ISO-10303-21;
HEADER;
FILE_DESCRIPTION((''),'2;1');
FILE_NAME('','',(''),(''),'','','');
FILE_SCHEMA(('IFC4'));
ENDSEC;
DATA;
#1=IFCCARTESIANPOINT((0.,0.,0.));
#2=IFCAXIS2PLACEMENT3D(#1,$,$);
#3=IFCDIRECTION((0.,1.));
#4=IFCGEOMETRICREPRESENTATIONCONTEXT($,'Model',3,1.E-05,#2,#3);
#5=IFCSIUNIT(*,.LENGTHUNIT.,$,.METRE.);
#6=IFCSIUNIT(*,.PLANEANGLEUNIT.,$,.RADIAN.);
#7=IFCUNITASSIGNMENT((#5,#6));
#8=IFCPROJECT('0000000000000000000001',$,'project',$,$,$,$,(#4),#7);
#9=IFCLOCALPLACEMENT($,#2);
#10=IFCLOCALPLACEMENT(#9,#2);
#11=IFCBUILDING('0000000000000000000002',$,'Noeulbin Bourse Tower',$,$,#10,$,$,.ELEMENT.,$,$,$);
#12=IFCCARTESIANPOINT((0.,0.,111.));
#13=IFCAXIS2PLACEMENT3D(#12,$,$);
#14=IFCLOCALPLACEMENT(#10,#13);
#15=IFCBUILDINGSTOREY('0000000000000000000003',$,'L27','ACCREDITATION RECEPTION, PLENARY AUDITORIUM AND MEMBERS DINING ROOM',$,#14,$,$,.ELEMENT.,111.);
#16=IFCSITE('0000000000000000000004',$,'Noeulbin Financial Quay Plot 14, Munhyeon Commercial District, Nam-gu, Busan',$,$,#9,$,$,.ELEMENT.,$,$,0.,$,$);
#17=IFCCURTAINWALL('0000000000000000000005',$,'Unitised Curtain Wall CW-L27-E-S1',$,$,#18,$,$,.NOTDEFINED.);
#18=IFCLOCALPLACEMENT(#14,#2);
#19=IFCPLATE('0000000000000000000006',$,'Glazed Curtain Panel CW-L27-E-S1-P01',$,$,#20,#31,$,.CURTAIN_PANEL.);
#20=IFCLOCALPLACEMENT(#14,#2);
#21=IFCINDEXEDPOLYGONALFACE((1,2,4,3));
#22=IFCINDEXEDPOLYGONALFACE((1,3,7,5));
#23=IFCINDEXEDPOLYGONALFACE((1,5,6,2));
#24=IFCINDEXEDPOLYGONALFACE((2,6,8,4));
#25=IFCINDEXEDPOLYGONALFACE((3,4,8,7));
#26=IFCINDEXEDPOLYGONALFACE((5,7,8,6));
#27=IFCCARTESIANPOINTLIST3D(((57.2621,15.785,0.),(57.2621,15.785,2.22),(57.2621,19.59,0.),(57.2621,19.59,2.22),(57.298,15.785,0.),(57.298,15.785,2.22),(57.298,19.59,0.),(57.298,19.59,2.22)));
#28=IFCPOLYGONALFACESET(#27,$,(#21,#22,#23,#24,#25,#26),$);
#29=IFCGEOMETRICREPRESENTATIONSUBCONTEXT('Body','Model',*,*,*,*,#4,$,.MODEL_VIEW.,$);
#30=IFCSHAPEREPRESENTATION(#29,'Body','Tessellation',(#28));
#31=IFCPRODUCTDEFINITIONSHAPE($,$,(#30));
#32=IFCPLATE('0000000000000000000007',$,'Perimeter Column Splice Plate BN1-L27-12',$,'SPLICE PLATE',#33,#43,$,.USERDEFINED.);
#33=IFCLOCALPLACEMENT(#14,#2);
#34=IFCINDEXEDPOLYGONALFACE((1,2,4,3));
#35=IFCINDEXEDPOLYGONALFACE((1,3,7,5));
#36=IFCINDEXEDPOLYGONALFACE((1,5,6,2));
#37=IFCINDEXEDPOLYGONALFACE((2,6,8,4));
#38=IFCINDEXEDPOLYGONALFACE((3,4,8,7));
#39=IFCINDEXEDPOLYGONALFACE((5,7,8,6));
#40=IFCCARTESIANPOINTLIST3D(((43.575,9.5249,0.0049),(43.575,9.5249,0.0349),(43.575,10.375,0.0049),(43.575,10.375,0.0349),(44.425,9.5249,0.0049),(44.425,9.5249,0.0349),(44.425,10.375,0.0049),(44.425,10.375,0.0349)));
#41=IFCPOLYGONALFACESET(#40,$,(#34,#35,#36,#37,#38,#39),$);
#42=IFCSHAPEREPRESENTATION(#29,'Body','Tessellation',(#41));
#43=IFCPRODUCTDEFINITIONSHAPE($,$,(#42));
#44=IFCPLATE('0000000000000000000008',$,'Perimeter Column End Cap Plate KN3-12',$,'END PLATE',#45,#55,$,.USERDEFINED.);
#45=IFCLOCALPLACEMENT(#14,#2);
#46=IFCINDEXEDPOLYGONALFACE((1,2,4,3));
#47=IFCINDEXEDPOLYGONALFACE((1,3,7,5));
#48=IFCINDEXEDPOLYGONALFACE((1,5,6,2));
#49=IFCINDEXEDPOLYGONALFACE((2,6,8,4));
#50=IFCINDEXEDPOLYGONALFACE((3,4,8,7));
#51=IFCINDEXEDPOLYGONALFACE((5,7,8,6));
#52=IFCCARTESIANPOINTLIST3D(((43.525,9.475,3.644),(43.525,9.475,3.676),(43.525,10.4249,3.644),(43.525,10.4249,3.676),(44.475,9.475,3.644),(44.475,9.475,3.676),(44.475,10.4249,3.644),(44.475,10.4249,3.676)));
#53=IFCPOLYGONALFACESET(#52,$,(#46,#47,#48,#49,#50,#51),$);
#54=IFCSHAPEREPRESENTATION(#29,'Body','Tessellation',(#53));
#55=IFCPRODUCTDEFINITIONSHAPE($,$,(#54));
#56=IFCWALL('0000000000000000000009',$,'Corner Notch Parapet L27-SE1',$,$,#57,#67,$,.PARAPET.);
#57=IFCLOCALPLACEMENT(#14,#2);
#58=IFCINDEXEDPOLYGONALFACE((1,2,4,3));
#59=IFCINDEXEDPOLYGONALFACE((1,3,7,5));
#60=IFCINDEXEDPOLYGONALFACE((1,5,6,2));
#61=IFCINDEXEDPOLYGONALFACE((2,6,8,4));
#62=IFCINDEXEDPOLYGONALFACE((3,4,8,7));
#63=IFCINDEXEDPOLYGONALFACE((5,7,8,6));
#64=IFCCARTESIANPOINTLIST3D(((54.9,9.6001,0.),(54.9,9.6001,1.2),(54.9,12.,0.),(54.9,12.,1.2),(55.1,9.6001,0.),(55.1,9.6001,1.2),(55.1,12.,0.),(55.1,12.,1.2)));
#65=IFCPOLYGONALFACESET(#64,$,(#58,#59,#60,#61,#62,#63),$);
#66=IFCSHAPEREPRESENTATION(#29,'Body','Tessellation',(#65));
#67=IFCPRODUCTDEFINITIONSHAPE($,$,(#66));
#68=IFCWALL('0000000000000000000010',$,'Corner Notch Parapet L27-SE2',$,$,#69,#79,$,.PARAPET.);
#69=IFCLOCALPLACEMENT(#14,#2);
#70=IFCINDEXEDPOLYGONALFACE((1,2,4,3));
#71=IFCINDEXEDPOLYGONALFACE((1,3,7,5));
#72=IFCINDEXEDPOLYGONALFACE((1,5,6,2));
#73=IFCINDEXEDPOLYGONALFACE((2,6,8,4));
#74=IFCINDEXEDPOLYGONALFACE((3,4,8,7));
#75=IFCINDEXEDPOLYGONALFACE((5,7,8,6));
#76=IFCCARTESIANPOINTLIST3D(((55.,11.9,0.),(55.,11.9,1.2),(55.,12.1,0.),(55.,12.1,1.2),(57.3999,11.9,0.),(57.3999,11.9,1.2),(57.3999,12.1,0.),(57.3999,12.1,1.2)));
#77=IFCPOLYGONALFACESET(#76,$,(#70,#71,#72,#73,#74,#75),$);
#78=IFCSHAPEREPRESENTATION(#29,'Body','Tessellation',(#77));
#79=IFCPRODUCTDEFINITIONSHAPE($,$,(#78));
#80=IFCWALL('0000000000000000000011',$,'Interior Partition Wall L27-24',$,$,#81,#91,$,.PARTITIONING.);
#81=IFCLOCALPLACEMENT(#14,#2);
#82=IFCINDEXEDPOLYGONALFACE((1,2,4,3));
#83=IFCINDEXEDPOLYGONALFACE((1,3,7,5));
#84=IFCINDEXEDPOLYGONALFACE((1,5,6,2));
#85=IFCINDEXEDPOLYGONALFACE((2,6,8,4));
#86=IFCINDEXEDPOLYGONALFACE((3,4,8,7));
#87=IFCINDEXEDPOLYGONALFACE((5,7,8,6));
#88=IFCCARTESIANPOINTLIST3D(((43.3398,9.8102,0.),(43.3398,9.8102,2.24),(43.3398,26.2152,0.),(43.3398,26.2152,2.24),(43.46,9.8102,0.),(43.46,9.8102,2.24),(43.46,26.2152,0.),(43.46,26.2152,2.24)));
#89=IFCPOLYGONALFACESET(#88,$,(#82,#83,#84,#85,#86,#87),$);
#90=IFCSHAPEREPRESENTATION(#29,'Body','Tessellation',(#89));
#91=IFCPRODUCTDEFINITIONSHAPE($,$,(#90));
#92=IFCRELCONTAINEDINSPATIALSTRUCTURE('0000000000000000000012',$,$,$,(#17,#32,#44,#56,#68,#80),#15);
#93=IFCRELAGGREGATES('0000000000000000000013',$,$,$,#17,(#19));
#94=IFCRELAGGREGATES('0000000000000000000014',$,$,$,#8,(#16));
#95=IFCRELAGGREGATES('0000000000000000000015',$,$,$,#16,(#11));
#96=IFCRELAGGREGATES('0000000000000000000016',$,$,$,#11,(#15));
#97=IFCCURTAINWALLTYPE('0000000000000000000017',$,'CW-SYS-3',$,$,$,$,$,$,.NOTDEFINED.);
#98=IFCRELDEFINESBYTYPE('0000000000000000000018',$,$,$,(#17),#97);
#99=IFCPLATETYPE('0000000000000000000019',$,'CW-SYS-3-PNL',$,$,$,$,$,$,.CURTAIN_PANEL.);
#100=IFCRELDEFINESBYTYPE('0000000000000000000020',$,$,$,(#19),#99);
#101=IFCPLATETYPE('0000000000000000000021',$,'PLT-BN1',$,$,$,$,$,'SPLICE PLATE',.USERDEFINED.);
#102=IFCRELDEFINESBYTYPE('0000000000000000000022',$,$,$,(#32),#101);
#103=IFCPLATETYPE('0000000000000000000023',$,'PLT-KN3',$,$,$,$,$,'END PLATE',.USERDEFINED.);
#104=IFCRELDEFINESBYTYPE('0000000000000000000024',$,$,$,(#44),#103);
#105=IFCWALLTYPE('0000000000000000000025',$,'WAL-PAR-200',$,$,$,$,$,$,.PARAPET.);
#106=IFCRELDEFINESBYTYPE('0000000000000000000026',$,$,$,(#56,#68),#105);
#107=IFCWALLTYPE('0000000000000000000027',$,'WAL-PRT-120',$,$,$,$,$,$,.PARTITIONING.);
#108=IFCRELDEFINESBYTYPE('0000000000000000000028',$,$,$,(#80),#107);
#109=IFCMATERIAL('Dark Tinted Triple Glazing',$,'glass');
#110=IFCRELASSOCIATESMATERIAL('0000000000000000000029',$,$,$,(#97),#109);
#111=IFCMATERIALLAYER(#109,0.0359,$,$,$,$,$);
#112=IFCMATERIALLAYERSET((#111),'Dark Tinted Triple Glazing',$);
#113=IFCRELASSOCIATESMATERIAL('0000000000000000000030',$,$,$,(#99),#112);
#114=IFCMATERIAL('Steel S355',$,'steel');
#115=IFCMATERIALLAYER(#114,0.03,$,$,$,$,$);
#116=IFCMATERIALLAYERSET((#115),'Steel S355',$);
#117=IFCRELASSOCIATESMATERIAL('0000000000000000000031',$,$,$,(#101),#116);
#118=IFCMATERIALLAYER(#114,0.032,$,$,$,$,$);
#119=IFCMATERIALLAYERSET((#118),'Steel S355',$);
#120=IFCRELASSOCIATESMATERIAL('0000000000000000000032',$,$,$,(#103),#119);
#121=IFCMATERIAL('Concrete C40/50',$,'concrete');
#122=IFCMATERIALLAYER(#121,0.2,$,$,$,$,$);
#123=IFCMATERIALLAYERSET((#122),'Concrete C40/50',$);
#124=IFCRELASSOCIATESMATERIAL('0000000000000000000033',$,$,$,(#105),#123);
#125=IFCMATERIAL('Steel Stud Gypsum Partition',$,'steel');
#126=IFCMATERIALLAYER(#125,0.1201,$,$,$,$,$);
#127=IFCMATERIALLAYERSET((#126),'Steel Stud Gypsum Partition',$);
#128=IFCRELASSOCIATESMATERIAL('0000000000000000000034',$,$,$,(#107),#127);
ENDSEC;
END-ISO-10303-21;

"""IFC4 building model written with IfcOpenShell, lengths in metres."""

from ifc_helpers import new_model, si_unit, direction, frame, frame_2d, origin, origin_2d, place, context, subcontext, project, spatial, rectangle, extrude, material, layer, layer_set, type_object, element, aggregate, save


model = new_model("IFC4")

# Units and contexts
model_context = context("Model", 3, precision=1e-05, world=origin(), true_north=direction((0.0, 1.0)))
body_context = subcontext(model_context, "Body", "Model", "MODEL_VIEW")
ifc_project = project(units=[si_unit("LENGTHUNIT", "METRE"), si_unit("PLANEANGLEUNIT", "RADIAN")], contexts=[model_context])

# Site, building, storey
site_placement = place(None, origin())
site = spatial("IfcSite", under=ifc_project, at=site_placement, Name="Noeulbin Financial Quay Plot 14, Munhyeon Commercial District, Nam-gu, Busan", CompositionType="ELEMENT", RefElevation=0.0)
building_placement = place(site_placement, origin())
building = spatial("IfcBuilding", under=site, at=building_placement, Name="Noeulbin Bourse Tower", CompositionType="ELEMENT")
storey_placement = place(building_placement, frame((0.0, 0.0, 111.0)))
storey = spatial("IfcBuildingStorey", under=building, at=storey_placement, Name="L27", Description="ACCREDITATION RECEPTION, PLENARY AUDITORIUM AND MEMBERS DINING ROOM", CompositionType="ELEMENT", Elevation=111.0)

# Shared definitions
ifc_material_1 = material(Name="Steel S355", Category="steel")

# Shared definitions
ifc_material_2 = material(Name="Dark Tinted Triple Glazing", Category="glass")
curtain_wall_type = type_object("IfcCurtainWallType", Name="CW-SYS-3", PredefinedType="NOTDEFINED", material=ifc_material_2)

# Curtain wall
curtain_wall_1_placement = place(storey_placement, origin())
curtain_wall_1 = element("IfcCurtainWall", 1, at=curtain_wall_1_placement, inside=storey, type_object=curtain_wall_type, Name="Unitised Curtain Wall CW-L27-E-S1", PredefinedType="NOTDEFINED")

# Plate
ifc_layer_1 = layer(ifc_material_2, 0.0359)
ifc_layer_set_1 = layer_set([ifc_layer_1], Name="Dark Tinted Triple Glazing")
plate_type_1 = type_object("IfcPlateType", Name="CW-SYS-3-PNL", PredefinedType="CURTAIN_PANEL", material=ifc_layer_set_1)
plate_1_placement = place(storey_placement, frame((57.28, 17.6875, 0.0), z_axis=(0.0, 0.0, 1.0), x_axis=(0.0, 1.0, 0.0)))
plate_1 = element("IfcPlate", 2, at=plate_1_placement, type_object=plate_type_1, Name="Glazed Curtain Panel CW-L27-E-S1-P01", PredefinedType="CURTAIN_PANEL", context=body_context, shape_type="SweptSolid", body=[
    extrude(rectangle(XDim=3.8049, YDim=0.0359, at=origin_2d()), origin(), (0.0, 0.0, 1.0), 2.22),
])
aggregate(curtain_wall_1, [plate_1])

# Plates
ifc_layer_2 = layer(ifc_material_1, 0.03)
ifc_layer_set_2 = layer_set([ifc_layer_2], Name="Steel S355")
plate_type_2 = type_object("IfcPlateType", Name="PLT-BN1", ElementType="SPLICE PLATE", PredefinedType="USERDEFINED", material=ifc_layer_set_2)
plate_2_placement = place(storey_placement, frame((44.0, 9.95, 0.0049), z_axis=(0.0, 0.0, 1.0), x_axis=(1.0, 0.0, 0.0)))
element("IfcPlate", 3, at=plate_2_placement, inside=storey, type_object=plate_type_2, Name="Perimeter Column Splice Plate BN1-L27-12", ObjectType="SPLICE PLATE", PredefinedType="USERDEFINED", context=body_context, shape_type="SweptSolid", body=[
    extrude(rectangle(XDim=0.8501, YDim=0.8501, at=origin_2d()), origin(), (0.0, 0.0, 1.0), 0.03),
])
ifc_layer_3 = layer(ifc_material_1, 0.032)
ifc_layer_set_3 = layer_set([ifc_layer_3], Name="Steel S355")
plate_type_3 = type_object("IfcPlateType", Name="PLT-KN3", ElementType="END PLATE", PredefinedType="USERDEFINED", material=ifc_layer_set_3)
plate_3_placement = place(storey_placement, frame((44.0, 9.95, 3.644), z_axis=(0.0, 0.0, 1.0), x_axis=(1.0, 0.0, 0.0)))
element("IfcPlate", 4, at=plate_3_placement, inside=storey, type_object=plate_type_3, Name="Perimeter Column End Cap Plate KN3-12", ObjectType="END PLATE", PredefinedType="USERDEFINED", context=body_context, shape_type="SweptSolid", body=[
    extrude(rectangle(XDim=0.95, YDim=0.95, at=origin_2d()), origin(), (0.0, 0.0, 1.0), 0.032),
])

# Walls
ifc_material_3 = material(Name="Concrete C40/50", Category="concrete")
ifc_layer_4 = layer(ifc_material_3, 0.2)
ifc_layer_set_4 = layer_set([ifc_layer_4], Name="Concrete C40/50")
wall_type_1 = type_object("IfcWallType", Name="WAL-PAR-200", PredefinedType="PARAPET", material=ifc_layer_set_4)
for number, where, z_axis, x_axis, name in (
    (5, (55.0, 9.6001, 0.0), (0.0, 0.0, 1.0), (0.0, 1.0, 0.0), "Corner Notch Parapet L27-SE1"),
    (6, (55.0, 12.0, 0.0), (0.0, 0.0, 1.0), (1.0, 0.0, 0.0), "Corner Notch Parapet L27-SE2"),
):
    element("IfcWall", number, at=place(storey_placement, frame(where, z_axis=z_axis, x_axis=x_axis)), inside=storey, type_object=wall_type_1, Name=name, PredefinedType="PARAPET", context=body_context, shape_type="SweptSolid", body=[
        extrude(rectangle(XDim=2.3999, YDim=0.2, at=frame_2d((1.2, 0.0))), origin(), (0.0, 0.0, 1.0), 1.2),
    ])
ifc_material_4 = material(Name="Steel Stud Gypsum Partition", Category="steel")
ifc_layer_5 = layer(ifc_material_4, 0.1201)
ifc_layer_set_5 = layer_set([ifc_layer_5], Name="Steel Stud Gypsum Partition")
wall_type_2 = type_object("IfcWallType", Name="WAL-PRT-120", PredefinedType="PARTITIONING", material=ifc_layer_set_5)
wall_placement = place(storey_placement, frame((43.3999, 9.8101, 0.0), z_axis=(0.0, 0.0, 1.0), x_axis=(0.0, 1.0, 0.0)))
element("IfcWall", 7, at=wall_placement, inside=storey, type_object=wall_type_2, Name="Interior Partition Wall L27-24", PredefinedType="PARTITIONING", context=body_context, shape_type="SweptSolid", body=[
    extrude(rectangle(XDim=16.405, YDim=0.1201, at=frame_2d((8.2026, 0.0))), origin(), (0.0, 0.0, 1.0), 2.24),
])

save(model, "model.ifc")
